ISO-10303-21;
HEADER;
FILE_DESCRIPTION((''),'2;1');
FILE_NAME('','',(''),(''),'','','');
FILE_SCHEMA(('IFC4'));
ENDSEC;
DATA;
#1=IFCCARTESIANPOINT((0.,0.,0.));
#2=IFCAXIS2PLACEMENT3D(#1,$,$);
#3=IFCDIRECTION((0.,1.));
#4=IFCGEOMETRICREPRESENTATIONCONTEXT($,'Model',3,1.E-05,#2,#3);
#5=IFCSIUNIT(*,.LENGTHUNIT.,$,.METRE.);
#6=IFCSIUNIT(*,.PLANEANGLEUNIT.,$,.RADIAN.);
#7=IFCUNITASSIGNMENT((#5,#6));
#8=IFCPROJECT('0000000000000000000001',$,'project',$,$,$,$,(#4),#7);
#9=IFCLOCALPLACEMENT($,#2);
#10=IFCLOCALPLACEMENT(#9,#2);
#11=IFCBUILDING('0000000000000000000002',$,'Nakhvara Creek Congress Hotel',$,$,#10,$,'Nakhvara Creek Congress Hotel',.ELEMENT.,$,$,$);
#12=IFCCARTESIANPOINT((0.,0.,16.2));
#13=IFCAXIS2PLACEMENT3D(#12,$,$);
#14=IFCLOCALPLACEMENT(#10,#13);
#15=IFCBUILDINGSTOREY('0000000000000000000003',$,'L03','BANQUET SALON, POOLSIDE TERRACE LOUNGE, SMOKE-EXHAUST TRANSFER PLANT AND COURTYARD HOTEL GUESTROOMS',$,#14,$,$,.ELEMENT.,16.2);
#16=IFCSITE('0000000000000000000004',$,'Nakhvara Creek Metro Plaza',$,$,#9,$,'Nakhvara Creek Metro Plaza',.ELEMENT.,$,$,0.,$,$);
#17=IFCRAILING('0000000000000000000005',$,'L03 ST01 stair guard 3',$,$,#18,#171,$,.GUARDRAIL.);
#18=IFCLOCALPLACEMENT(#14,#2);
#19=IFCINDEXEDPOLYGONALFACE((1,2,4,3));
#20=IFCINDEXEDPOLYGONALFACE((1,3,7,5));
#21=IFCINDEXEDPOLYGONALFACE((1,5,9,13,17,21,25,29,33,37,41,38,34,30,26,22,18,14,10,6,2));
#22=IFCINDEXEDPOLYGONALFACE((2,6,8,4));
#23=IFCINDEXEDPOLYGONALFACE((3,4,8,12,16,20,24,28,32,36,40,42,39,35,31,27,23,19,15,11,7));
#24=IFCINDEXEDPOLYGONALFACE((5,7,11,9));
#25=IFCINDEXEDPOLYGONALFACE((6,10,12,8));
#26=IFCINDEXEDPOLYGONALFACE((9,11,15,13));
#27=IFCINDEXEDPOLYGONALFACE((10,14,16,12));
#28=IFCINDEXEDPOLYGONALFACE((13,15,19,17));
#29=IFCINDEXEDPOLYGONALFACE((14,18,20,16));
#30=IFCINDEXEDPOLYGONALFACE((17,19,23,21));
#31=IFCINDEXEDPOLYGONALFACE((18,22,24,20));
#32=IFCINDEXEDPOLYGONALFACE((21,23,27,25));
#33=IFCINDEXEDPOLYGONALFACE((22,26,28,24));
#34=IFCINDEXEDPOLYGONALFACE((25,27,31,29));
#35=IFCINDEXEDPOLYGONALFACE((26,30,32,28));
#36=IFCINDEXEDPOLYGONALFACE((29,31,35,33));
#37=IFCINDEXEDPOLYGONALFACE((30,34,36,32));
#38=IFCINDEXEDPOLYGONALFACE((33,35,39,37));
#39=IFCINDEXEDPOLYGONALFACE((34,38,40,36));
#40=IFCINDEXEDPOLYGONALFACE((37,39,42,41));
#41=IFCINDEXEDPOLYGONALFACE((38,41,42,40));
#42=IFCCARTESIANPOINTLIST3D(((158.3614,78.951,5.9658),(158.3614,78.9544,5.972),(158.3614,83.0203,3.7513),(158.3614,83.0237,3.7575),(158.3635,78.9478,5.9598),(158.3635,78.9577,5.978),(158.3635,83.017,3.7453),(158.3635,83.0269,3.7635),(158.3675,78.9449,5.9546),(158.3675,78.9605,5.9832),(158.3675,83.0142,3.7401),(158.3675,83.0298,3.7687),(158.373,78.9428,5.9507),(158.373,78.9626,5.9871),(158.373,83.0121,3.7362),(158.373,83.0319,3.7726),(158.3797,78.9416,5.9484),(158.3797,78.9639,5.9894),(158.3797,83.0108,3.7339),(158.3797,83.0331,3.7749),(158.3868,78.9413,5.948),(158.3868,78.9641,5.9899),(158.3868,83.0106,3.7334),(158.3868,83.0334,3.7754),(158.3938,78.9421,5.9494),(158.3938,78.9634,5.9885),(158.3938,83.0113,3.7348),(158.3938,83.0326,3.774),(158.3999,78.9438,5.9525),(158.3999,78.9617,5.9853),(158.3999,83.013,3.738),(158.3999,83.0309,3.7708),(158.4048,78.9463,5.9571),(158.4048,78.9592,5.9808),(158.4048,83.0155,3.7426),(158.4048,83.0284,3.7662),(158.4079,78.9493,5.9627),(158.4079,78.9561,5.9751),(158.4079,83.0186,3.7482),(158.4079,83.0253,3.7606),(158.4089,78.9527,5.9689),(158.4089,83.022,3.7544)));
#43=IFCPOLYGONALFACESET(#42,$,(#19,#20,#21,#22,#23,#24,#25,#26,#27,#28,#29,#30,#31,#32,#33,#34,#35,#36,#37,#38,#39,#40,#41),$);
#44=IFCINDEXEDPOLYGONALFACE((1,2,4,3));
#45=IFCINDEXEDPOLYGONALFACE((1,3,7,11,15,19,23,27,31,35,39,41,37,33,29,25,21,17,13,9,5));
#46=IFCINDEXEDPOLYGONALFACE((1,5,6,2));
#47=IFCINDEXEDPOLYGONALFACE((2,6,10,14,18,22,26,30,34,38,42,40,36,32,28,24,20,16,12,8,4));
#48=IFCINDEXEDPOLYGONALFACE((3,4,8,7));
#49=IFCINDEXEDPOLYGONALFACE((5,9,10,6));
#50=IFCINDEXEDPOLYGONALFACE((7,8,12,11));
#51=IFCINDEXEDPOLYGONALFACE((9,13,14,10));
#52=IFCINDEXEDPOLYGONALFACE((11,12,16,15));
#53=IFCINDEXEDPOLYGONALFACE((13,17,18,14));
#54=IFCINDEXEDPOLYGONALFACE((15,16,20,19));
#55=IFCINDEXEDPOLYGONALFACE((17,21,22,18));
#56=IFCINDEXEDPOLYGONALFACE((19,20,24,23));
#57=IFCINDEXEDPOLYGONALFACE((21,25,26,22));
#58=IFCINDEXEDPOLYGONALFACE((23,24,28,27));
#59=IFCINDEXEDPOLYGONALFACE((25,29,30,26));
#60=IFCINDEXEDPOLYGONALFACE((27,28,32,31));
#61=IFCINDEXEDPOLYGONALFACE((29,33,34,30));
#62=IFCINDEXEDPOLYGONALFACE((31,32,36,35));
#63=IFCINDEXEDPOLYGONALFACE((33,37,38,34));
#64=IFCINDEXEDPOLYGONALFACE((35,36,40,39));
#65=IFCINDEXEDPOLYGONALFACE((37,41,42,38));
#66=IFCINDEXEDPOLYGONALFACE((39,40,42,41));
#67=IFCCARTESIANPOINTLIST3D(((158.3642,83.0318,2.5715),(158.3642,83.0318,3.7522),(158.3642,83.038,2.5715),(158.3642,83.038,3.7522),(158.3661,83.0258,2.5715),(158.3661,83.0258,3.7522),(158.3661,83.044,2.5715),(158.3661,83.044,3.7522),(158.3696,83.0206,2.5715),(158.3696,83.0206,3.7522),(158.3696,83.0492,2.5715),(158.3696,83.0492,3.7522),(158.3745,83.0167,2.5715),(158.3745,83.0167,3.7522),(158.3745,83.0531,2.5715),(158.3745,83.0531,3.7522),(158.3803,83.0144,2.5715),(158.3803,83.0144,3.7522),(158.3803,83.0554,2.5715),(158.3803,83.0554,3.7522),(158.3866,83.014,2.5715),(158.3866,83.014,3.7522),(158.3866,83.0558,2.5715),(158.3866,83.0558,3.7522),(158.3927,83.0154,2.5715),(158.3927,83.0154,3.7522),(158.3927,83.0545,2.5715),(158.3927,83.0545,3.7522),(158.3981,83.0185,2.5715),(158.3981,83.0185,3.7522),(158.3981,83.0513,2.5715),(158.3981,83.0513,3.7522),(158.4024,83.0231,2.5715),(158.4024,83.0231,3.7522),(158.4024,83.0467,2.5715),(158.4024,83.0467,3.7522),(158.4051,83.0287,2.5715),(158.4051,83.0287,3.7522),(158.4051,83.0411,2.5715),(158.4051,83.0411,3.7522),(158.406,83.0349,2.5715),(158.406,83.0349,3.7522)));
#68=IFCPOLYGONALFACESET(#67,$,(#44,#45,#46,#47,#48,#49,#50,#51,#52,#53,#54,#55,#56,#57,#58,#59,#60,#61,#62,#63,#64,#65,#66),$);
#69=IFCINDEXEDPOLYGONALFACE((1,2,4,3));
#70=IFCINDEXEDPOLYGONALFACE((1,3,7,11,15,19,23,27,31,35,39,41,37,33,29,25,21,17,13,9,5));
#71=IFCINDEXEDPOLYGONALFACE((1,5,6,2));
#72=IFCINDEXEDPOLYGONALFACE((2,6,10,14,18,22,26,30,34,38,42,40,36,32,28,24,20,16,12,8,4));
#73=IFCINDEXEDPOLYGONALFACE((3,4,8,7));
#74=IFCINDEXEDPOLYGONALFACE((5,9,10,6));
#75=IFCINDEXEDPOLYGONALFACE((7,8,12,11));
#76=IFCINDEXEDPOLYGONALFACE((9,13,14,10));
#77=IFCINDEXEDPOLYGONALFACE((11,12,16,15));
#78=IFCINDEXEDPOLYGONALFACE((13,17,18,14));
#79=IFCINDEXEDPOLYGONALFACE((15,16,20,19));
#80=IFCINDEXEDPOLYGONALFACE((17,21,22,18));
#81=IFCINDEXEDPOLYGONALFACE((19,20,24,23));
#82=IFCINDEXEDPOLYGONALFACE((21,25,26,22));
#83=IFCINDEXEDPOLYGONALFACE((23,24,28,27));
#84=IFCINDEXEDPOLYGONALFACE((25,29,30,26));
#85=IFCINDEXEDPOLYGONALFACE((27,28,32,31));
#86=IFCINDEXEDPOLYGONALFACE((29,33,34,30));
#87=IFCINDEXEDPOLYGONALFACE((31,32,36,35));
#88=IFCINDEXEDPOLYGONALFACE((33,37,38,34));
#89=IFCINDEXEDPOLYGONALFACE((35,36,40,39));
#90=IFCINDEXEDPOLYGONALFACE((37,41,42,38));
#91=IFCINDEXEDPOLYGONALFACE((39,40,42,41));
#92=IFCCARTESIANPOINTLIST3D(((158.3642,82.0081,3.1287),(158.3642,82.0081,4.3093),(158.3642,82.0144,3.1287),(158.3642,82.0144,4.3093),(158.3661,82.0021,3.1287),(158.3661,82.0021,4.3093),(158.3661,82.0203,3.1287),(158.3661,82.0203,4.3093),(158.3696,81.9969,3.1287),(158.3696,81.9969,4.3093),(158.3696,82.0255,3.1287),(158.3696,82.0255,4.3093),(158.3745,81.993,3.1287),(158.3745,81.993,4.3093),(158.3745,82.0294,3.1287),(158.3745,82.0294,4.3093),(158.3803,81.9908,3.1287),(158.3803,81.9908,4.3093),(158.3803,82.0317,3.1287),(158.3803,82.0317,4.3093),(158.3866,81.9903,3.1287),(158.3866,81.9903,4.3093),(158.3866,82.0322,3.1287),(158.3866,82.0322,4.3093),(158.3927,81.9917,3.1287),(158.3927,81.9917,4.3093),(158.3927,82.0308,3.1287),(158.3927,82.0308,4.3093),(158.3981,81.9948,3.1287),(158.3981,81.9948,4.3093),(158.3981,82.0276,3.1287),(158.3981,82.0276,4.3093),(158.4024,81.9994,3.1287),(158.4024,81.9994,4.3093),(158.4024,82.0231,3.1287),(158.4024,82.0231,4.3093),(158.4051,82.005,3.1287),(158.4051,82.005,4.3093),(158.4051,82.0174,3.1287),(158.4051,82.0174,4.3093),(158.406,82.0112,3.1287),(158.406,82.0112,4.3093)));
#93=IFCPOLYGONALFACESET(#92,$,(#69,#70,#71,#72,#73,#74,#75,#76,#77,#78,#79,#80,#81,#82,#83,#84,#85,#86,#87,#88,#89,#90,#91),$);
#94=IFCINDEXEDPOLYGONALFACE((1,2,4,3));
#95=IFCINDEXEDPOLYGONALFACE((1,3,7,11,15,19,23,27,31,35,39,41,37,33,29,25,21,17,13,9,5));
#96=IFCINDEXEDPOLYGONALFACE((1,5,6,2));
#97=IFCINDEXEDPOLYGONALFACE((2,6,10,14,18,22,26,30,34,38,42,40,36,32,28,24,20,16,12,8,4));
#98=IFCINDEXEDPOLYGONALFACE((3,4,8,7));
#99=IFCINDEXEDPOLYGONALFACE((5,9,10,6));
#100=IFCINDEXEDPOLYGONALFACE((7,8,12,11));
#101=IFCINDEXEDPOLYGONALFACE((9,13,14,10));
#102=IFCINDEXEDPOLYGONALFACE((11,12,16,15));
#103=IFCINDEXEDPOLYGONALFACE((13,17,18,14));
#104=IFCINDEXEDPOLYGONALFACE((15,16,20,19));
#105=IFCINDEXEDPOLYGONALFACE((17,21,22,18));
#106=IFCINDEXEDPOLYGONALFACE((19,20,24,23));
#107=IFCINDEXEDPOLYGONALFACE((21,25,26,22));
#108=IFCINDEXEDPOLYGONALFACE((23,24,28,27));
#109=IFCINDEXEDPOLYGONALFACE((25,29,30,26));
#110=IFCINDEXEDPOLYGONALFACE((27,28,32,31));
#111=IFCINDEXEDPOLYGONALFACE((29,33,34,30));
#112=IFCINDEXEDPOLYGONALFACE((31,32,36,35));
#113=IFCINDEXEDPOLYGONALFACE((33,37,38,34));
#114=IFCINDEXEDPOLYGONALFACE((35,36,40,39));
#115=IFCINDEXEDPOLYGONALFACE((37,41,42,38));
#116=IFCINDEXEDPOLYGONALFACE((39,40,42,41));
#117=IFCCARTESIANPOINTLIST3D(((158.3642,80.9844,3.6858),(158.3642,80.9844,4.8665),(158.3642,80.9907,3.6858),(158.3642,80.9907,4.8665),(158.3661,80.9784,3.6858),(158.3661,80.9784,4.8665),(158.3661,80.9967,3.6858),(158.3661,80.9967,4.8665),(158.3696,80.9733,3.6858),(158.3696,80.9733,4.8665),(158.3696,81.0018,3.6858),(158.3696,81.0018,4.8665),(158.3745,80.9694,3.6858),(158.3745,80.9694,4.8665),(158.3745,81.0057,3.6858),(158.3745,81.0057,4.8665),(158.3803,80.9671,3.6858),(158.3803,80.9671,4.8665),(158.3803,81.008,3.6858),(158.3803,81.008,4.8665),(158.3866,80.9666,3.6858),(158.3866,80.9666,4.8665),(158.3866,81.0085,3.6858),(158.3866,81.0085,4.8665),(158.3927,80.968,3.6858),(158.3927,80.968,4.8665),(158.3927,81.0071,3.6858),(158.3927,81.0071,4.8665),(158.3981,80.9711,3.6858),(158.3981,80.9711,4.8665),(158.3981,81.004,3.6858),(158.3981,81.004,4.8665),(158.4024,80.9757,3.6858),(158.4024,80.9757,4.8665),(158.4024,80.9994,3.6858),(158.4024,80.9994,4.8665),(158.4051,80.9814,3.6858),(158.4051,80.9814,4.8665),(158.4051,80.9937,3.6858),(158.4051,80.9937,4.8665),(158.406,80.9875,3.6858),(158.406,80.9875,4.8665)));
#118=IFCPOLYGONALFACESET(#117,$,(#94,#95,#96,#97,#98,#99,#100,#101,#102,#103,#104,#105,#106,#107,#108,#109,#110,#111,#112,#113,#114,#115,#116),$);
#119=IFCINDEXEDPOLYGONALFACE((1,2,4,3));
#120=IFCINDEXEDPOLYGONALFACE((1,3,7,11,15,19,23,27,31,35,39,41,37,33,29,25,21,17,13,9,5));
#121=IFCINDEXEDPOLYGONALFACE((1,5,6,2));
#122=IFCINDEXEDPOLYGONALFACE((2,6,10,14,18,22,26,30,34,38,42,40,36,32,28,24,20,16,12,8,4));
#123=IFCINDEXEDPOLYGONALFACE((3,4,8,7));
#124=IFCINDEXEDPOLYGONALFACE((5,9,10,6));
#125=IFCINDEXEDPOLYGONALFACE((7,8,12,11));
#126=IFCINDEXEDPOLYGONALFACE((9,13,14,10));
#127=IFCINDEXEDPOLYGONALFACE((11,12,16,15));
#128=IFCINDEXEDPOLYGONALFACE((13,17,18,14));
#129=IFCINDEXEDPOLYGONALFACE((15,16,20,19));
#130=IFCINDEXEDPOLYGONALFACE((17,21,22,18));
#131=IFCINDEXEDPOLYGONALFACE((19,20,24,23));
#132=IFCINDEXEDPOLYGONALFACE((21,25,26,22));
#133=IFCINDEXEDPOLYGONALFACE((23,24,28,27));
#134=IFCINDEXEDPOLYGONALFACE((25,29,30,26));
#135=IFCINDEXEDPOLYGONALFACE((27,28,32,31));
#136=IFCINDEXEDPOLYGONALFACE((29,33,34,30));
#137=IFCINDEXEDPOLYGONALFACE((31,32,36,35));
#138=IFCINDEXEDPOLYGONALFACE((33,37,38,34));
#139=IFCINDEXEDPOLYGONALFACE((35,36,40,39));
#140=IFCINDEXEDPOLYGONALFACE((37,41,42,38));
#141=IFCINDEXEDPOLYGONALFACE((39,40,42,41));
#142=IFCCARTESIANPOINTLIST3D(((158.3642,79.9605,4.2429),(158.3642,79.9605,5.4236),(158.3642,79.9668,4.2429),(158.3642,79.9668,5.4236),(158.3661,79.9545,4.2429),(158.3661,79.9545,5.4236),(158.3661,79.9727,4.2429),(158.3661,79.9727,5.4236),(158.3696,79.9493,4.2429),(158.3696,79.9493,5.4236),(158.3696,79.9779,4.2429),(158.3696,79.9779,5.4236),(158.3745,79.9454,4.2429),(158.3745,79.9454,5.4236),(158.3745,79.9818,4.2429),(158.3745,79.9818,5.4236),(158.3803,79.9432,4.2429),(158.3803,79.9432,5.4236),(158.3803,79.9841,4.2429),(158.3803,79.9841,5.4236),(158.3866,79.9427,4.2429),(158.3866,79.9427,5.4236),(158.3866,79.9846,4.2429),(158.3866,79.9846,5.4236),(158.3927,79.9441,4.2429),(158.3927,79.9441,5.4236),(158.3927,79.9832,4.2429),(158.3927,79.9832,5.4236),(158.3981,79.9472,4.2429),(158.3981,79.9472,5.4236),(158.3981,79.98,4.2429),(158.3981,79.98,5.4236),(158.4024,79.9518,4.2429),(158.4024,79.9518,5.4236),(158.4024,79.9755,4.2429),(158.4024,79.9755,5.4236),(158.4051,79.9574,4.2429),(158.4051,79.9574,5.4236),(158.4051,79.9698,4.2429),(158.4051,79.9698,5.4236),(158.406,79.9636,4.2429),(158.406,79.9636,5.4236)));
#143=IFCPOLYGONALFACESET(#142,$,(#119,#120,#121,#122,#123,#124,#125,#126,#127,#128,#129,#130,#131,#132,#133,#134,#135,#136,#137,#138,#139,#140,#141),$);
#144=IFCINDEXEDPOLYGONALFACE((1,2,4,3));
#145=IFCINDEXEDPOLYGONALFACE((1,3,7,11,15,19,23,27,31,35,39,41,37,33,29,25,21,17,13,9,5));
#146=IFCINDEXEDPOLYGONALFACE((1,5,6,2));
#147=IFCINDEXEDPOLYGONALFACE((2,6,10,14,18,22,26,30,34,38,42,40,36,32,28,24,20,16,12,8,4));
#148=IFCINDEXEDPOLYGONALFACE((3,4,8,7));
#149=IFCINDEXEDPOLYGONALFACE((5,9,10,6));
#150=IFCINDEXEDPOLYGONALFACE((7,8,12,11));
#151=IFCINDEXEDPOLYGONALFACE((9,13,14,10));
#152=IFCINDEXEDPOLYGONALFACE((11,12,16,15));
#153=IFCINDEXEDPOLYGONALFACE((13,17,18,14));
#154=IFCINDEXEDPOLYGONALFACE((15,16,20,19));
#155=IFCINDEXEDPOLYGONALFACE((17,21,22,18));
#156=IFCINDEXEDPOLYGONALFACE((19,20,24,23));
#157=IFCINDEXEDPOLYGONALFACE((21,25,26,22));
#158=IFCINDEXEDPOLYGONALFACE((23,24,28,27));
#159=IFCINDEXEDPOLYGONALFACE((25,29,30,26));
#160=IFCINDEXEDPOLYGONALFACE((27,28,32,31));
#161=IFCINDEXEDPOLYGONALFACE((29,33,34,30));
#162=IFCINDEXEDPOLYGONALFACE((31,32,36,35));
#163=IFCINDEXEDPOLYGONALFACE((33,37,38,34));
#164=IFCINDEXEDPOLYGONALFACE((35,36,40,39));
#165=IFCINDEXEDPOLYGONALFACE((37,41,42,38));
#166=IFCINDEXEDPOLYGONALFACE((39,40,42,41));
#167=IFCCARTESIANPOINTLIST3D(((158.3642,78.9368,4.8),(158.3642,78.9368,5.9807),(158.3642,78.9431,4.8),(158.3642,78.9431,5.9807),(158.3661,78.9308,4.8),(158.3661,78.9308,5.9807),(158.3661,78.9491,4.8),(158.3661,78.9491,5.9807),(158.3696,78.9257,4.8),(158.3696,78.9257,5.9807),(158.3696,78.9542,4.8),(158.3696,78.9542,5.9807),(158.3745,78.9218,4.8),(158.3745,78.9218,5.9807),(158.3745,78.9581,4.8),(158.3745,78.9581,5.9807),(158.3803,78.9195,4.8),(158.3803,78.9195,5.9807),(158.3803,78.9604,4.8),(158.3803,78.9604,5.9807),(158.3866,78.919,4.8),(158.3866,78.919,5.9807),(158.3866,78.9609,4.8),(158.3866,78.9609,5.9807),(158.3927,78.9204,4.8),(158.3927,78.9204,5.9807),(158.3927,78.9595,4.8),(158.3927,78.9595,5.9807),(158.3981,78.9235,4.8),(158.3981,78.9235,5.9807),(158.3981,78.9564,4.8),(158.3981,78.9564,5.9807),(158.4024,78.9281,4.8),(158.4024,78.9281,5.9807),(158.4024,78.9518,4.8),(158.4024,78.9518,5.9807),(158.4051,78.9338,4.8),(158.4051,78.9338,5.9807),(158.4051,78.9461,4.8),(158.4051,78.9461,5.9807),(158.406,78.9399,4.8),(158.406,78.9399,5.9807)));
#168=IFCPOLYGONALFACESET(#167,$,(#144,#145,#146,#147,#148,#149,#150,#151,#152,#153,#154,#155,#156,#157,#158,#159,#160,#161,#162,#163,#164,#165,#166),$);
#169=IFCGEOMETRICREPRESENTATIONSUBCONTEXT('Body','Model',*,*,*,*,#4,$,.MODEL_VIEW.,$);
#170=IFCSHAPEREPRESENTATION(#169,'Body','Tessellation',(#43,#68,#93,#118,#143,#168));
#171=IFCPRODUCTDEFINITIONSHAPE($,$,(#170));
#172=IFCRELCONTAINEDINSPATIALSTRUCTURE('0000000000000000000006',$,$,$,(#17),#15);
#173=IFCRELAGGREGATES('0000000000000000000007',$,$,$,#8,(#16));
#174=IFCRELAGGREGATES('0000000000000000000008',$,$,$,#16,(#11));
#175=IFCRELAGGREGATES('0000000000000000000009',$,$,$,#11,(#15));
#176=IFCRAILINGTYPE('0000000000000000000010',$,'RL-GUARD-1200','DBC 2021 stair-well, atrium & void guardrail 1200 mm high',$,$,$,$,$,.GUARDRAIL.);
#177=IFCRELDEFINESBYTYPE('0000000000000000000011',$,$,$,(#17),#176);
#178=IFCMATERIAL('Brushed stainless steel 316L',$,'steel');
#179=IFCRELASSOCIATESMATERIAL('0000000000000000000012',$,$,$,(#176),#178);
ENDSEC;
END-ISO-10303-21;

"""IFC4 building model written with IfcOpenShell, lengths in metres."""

from ifc_helpers import new_model, si_unit, direction, frame, origin, origin_2d, place, context, subcontext, project, spatial, circle, extrude, material, type_object, element, save


model = new_model("IFC4")

# Units and contexts
model_context = context("Model", 3, precision=1e-05, world=origin(), true_north=direction((0.0, 1.0)))
body_context = subcontext(model_context, "Body", "Model", "MODEL_VIEW")
ifc_project = project(units=[si_unit("LENGTHUNIT", "METRE"), si_unit("PLANEANGLEUNIT", "RADIAN")], contexts=[model_context])

# Site, building, storey
site_placement = place(None, origin())
site = spatial("IfcSite", under=ifc_project, at=site_placement, Name="Nakhvara Creek Metro Plaza", LongName="Nakhvara Creek Metro Plaza", CompositionType="ELEMENT", RefElevation=0.0)
building_placement = place(site_placement, origin())
building = spatial("IfcBuilding", under=site, at=building_placement, Name="Nakhvara Creek Congress Hotel", LongName="Nakhvara Creek Congress Hotel", CompositionType="ELEMENT")
storey_placement = place(building_placement, frame((0.0, 0.0, 16.2)))
storey = spatial("IfcBuildingStorey", under=building, at=storey_placement, Name="L03", Description="BANQUET SALON, POOLSIDE TERRACE LOUNGE, SMOKE-EXHAUST TRANSFER PLANT AND COURTYARD HOTEL GUESTROOMS", CompositionType="ELEMENT", Elevation=16.2)

# Railing
ifc_material_1 = material(Name="Brushed stainless steel 316L", Category="steel")
railing_type_1 = type_object("IfcRailingType", Name="RL-GUARD-1200", Description="DBC 2021 stair-well, atrium & void guardrail 1200 mm high", PredefinedType="GUARDRAIL", material=ifc_material_1)
railing_1_placement = place(storey_placement, frame((158.385, 83.0349, 2.5715)))
element("IfcRailing", 1, at=railing_1_placement, inside=storey, type_object=railing_type_1, Name="L03 ST01 stair guard 3", PredefinedType="GUARDRAIL", context=body_context, shape_type="SweptSolid", body=[
    extrude(circle(Radius=0.0239, at=origin_2d()), frame((0.0, -0.0129, 1.1829), z_axis=(0.0, -0.878355, 0.478008), x_axis=(1.0, 0.0, 0.0)), (0.0, 0.0, 1.0), 4.6328),
    extrude(circle(Radius=0.021, at=origin_2d()), origin(), (0.0, 0.0, 1.0), 1.1807),
    extrude(circle(Radius=0.021, at=origin_2d()), frame((0.0, -1.0237, 0.5571)), (0.0, 0.0, 1.0), 1.1807),
    extrude(circle(Radius=0.021, at=origin_2d()), frame((0.0, -2.0474, 1.1143)), (0.0, 0.0, 1.0), 1.1807),
    extrude(circle(Radius=0.021, at=origin_2d()), frame((0.0, -3.0713, 1.6714)), (0.0, 0.0, 1.0), 1.1807),
    extrude(circle(Radius=0.021, at=origin_2d()), frame((0.0, -4.095, 2.2285)), (0.0, 0.0, 1.0), 1.1807),
])

save(model, "model.ifc")
